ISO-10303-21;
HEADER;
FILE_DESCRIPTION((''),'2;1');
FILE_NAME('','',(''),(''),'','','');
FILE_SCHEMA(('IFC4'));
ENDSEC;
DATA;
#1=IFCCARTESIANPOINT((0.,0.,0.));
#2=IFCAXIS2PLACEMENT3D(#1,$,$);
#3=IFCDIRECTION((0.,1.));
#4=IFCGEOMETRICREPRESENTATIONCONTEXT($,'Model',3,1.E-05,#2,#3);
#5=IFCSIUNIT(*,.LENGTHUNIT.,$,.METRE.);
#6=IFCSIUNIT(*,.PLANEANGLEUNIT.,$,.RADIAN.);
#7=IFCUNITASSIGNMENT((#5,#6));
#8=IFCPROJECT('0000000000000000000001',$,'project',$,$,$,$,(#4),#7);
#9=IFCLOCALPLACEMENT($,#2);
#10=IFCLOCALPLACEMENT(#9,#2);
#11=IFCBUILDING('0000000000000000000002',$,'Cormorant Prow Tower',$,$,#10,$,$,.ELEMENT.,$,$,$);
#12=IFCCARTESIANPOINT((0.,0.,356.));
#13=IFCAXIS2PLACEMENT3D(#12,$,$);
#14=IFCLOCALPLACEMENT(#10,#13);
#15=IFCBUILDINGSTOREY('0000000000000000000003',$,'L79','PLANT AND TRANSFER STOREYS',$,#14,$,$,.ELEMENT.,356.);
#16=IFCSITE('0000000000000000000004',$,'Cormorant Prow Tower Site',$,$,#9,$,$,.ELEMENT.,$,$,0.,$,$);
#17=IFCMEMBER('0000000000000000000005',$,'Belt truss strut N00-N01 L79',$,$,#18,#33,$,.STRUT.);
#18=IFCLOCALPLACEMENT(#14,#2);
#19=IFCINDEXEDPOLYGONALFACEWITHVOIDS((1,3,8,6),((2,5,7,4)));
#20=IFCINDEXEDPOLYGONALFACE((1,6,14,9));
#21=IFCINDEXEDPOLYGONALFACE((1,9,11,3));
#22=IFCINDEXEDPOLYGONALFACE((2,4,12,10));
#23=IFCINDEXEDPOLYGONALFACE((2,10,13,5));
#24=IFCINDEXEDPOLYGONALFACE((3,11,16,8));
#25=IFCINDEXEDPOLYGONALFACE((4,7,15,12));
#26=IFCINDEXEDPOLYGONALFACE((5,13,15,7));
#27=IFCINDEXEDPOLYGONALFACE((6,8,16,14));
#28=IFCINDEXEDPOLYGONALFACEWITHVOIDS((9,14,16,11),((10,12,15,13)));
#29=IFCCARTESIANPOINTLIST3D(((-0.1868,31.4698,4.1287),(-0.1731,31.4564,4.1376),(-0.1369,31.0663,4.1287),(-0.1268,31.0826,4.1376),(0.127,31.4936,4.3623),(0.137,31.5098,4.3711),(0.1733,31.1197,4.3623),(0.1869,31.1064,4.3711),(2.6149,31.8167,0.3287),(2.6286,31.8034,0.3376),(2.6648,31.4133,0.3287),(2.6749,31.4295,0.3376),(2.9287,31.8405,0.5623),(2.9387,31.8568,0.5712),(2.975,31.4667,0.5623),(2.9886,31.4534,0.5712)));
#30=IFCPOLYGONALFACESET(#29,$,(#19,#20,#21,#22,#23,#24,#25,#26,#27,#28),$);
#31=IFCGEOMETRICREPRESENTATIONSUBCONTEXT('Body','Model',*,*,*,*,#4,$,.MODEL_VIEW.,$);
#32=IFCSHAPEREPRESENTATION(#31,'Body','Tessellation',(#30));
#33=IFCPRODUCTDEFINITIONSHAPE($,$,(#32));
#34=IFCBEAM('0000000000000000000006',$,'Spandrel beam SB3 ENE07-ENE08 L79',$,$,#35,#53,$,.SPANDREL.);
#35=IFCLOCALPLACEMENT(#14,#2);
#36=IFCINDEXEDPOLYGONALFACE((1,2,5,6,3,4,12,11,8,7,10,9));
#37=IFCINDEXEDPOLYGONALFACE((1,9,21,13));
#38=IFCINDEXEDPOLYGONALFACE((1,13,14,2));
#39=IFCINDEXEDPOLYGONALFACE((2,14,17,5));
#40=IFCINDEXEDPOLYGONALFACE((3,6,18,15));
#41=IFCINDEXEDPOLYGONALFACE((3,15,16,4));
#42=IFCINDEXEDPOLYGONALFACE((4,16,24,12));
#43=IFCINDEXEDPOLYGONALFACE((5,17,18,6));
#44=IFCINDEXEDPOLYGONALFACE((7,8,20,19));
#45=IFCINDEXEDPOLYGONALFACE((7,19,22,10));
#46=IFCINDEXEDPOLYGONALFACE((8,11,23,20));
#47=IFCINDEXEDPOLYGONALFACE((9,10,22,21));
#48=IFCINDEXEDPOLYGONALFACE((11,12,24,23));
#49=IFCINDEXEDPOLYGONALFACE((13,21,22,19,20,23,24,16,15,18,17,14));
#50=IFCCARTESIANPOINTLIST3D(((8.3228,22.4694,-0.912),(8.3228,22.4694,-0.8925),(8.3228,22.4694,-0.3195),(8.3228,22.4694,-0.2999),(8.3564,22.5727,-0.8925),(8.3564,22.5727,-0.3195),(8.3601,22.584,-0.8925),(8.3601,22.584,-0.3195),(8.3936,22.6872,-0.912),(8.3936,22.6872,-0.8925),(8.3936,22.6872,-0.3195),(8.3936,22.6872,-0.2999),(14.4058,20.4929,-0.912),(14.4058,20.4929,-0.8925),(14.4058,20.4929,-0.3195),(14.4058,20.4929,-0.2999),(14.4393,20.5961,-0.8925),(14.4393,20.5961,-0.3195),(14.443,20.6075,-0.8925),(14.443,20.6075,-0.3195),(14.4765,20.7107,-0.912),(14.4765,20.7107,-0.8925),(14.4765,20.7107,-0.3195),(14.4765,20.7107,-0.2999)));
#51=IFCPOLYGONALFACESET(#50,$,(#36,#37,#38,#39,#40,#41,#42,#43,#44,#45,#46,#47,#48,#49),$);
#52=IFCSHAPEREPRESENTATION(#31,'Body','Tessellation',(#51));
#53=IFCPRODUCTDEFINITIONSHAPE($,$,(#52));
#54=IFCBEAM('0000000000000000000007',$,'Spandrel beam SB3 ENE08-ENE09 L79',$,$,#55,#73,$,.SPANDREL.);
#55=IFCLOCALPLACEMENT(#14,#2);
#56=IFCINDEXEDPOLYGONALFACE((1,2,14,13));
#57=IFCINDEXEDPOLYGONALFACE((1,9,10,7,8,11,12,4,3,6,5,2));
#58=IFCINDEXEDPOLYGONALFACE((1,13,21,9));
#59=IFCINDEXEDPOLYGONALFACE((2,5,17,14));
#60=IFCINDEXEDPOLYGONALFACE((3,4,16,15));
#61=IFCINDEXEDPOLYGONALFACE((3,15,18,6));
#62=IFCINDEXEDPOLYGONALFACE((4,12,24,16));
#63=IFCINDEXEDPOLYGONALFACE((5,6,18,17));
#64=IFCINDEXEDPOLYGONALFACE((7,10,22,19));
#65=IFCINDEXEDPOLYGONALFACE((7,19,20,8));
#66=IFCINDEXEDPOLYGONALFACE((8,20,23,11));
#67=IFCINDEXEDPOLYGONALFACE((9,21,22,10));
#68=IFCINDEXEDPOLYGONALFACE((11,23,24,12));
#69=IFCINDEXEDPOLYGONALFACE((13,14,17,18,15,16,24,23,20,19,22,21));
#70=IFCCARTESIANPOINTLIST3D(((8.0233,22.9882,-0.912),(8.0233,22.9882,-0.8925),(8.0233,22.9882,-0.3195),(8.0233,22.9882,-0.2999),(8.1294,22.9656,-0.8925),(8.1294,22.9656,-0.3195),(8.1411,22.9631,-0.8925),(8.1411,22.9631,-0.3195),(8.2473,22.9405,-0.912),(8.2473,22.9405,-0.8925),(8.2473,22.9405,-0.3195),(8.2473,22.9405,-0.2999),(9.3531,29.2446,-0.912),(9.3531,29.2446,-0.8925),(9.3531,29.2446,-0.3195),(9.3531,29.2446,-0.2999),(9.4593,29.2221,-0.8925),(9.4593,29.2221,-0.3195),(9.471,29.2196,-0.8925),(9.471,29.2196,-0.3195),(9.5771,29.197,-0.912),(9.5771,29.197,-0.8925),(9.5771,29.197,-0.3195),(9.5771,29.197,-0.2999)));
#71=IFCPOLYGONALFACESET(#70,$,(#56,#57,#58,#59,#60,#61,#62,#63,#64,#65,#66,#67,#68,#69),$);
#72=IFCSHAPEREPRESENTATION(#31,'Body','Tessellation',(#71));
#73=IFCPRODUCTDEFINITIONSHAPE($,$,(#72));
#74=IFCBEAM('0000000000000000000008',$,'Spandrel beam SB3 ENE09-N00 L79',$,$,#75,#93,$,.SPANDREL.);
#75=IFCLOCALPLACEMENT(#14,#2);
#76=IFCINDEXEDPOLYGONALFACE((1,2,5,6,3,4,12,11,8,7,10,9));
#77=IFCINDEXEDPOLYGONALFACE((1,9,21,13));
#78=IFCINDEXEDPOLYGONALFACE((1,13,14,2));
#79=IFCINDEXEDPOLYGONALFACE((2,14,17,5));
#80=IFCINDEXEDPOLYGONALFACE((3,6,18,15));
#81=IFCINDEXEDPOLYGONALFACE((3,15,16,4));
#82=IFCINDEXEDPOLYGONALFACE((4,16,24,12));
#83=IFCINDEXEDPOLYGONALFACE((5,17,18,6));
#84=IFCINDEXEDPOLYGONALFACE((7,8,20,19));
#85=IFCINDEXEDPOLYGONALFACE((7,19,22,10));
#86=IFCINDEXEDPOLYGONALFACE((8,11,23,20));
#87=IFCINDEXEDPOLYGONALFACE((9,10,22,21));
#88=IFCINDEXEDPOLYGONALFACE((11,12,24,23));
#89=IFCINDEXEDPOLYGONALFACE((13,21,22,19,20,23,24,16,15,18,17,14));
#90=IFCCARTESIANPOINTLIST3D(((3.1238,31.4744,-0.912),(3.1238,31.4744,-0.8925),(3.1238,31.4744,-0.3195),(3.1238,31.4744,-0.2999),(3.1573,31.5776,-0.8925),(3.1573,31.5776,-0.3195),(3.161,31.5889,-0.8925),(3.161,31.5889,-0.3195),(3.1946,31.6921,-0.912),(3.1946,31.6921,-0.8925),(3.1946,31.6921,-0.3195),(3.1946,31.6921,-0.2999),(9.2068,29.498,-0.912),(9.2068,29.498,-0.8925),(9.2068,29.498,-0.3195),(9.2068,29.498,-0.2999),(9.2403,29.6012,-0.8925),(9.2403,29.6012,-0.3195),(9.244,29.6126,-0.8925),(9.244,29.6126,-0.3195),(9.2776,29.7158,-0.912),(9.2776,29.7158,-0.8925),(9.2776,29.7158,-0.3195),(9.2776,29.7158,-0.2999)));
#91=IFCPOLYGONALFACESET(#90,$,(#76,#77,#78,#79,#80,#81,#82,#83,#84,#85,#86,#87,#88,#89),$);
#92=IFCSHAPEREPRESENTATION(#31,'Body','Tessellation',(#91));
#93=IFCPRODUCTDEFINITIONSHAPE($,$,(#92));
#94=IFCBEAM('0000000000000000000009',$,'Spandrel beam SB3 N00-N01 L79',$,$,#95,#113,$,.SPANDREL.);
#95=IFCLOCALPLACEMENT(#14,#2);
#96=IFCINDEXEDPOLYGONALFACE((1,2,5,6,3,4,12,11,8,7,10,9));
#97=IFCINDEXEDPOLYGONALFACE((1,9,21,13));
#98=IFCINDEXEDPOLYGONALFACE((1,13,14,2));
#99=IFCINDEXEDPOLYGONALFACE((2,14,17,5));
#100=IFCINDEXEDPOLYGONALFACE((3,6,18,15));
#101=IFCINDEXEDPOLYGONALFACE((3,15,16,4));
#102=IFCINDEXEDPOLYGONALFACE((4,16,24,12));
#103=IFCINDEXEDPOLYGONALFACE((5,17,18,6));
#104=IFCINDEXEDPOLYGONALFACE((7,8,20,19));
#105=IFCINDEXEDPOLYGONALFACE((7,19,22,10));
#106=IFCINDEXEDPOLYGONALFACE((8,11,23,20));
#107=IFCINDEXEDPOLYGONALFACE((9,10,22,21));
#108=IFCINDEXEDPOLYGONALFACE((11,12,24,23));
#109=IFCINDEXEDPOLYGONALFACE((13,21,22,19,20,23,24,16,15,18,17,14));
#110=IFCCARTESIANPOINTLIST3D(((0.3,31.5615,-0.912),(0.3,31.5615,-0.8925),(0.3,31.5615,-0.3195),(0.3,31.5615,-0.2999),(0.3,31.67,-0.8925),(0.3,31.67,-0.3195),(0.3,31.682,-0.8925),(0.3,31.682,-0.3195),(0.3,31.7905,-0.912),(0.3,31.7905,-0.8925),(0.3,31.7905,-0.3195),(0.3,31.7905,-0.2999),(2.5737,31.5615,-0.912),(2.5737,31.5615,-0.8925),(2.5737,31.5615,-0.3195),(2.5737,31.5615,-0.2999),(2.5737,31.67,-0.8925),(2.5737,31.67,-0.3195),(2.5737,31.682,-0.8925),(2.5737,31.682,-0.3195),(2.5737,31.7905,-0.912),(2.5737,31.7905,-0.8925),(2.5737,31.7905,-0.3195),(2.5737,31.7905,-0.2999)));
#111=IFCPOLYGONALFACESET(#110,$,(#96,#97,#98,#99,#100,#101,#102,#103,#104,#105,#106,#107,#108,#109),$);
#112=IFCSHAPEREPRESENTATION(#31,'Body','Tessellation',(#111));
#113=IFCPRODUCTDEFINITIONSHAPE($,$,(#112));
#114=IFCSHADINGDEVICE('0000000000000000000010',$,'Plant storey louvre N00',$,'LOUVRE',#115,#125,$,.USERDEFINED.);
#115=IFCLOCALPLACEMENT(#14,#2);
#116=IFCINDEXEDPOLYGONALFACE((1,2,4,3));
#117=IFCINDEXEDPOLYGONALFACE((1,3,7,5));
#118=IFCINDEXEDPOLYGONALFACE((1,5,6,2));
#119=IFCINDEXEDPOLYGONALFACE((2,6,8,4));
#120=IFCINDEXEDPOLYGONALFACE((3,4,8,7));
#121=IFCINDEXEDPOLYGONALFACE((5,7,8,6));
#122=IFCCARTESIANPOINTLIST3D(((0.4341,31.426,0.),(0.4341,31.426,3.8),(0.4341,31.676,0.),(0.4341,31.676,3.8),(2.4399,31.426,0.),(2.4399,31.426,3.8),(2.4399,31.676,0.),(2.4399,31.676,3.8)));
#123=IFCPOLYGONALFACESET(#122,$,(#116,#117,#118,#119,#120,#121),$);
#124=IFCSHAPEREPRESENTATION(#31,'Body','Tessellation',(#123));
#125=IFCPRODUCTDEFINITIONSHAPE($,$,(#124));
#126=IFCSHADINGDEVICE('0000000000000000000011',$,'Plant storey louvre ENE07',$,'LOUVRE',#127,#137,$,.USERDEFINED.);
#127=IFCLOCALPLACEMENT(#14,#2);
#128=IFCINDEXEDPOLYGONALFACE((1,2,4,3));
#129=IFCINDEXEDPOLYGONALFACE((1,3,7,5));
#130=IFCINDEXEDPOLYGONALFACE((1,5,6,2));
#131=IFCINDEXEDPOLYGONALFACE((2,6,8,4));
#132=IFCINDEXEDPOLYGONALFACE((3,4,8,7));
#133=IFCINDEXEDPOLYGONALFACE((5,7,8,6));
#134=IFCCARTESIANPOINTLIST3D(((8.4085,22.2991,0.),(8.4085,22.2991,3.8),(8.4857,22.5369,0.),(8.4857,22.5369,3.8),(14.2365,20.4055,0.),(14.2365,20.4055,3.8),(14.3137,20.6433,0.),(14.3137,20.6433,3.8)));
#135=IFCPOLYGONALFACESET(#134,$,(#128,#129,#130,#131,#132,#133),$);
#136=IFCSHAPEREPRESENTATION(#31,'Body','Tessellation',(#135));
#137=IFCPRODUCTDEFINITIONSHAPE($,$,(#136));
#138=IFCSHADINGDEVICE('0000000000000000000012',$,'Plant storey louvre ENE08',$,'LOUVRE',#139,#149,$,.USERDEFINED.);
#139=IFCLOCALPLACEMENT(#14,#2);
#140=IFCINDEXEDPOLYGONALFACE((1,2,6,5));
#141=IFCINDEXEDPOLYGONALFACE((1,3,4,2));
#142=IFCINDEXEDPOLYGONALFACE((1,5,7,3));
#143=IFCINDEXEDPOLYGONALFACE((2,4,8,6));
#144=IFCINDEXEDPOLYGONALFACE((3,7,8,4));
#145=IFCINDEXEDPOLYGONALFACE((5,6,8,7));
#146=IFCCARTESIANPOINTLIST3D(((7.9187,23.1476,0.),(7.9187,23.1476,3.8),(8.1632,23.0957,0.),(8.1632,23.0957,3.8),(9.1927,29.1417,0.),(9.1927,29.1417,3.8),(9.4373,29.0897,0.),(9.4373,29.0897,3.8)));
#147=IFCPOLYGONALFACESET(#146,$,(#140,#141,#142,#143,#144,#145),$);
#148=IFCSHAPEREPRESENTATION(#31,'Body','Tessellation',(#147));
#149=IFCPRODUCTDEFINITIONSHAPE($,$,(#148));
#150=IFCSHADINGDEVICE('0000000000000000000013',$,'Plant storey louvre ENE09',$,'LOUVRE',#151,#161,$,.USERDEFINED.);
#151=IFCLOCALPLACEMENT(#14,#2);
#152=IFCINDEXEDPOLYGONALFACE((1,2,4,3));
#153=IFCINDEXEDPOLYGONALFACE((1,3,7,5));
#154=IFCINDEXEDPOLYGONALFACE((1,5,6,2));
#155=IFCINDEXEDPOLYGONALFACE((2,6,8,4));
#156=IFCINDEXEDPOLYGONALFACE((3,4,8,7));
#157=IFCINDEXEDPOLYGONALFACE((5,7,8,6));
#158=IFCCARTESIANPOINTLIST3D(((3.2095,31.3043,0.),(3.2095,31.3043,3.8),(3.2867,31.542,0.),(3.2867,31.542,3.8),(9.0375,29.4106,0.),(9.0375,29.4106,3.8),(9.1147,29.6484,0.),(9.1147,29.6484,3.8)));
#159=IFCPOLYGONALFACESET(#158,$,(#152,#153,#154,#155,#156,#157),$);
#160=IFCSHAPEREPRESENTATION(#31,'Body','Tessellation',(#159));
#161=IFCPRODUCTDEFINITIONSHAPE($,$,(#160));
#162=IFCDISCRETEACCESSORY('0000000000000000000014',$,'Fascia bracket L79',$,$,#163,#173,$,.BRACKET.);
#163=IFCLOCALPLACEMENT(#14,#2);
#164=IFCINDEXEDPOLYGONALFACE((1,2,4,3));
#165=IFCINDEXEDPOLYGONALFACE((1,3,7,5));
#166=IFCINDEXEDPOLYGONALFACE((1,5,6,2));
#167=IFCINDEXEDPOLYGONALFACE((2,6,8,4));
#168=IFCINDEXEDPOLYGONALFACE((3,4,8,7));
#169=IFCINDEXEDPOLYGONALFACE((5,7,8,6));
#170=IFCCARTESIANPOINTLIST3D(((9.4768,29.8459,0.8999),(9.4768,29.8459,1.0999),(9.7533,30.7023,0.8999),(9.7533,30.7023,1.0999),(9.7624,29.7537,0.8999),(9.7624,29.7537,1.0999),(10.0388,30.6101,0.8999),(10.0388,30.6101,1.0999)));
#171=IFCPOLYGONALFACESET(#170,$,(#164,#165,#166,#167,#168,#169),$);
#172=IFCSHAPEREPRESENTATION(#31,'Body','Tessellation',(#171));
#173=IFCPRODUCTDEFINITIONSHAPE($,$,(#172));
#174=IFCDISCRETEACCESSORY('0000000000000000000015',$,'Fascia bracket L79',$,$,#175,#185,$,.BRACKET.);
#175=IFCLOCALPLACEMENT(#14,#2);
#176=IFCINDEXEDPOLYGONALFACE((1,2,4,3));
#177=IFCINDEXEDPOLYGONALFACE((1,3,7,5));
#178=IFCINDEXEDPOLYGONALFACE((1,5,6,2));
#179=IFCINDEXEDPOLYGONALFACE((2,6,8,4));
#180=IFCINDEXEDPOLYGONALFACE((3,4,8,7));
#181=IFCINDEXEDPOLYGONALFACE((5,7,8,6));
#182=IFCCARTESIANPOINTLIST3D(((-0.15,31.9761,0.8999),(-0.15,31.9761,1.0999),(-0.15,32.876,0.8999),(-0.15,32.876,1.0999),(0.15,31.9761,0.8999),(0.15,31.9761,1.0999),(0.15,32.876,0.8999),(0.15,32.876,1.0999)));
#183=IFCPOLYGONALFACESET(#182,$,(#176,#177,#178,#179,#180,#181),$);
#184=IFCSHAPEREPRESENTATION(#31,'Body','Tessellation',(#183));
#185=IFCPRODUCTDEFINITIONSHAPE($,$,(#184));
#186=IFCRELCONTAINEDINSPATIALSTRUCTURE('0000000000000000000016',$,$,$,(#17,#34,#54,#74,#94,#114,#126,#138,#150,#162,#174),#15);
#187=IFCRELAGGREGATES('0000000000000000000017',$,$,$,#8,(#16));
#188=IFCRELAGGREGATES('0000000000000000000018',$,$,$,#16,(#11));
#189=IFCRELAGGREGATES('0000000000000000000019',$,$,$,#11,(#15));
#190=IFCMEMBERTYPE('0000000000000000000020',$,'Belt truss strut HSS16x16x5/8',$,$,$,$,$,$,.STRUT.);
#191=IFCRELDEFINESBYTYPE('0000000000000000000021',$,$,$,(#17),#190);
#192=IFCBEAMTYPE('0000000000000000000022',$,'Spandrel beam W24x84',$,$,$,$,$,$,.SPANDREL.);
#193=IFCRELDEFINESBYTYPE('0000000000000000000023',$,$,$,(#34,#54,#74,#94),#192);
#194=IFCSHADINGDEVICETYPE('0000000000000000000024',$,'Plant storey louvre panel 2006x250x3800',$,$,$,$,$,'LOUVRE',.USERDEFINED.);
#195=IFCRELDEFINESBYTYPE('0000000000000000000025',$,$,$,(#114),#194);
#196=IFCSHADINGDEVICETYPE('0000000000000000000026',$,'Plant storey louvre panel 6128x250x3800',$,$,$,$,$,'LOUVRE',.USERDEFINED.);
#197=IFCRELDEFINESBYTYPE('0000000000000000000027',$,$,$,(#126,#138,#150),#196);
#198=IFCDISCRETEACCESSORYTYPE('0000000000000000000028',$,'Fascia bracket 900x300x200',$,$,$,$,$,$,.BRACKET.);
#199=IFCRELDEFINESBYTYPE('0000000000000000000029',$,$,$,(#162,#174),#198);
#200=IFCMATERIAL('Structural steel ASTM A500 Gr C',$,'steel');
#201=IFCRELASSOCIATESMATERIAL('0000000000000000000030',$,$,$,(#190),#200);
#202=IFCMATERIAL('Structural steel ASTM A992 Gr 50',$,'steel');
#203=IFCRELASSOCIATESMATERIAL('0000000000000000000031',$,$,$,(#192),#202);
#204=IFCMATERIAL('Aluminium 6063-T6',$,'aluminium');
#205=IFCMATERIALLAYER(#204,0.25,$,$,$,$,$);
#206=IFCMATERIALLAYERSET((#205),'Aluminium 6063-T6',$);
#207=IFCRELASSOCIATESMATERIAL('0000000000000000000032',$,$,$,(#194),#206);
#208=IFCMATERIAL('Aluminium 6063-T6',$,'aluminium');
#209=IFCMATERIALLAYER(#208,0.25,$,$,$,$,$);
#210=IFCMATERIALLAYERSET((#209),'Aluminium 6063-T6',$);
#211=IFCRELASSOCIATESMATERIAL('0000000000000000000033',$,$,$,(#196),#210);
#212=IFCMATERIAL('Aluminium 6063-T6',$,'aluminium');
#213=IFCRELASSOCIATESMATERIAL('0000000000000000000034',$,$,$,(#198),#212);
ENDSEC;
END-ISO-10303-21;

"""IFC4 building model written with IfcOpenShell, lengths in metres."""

from ifc_helpers import new_model, si_unit, direction, frame, origin, origin_2d, place, context, subcontext, project, spatial, rectangle, hollow_rectangle, i_section, extrude, material, layer, layer_set, material_profile, profile_set, type_object, element, save


model = new_model("IFC4")

# Units and contexts
model_context = context("Model", 3, precision=1e-05, world=origin(), true_north=direction((0.0, 1.0)))
body_context = subcontext(model_context, "Body", "Model", "MODEL_VIEW")
ifc_project = project(units=[si_unit("LENGTHUNIT", "METRE"), si_unit("PLANEANGLEUNIT", "RADIAN")], contexts=[model_context])

# Site, building, storey
site_placement = place(None, origin())
site = spatial("IfcSite", under=ifc_project, at=site_placement, Name="Cormorant Prow Tower Site", CompositionType="ELEMENT", RefElevation=0.0)
building_placement = place(site_placement, origin())
building = spatial("IfcBuilding", under=site, at=building_placement, Name="Cormorant Prow Tower", CompositionType="ELEMENT")
storey_placement = place(building_placement, frame((0.0, 0.0, 356.0)))
storey = spatial("IfcBuildingStorey", under=building, at=storey_placement, Name="L79", Description="PLANT AND TRANSFER STOREYS", CompositionType="ELEMENT", Elevation=356.0)

# Member
ifc_material_1 = material(Name="Structural steel ASTM A500 Gr C", Category="steel")
ifc_material_profile_1 = material_profile(ifc_material_1, hollow_rectangle(XDim=0.4065, YDim=0.4065, WallThickness=0.0149, at=origin_2d()), Name="HSS16x16x5/8")
ifc_profile_set_1 = profile_set([ifc_material_profile_1], Name="Structural steel ASTM A500 Gr C")
member_type_1 = type_object("IfcMemberType", Name="Belt truss strut HSS16x16x5/8", PredefinedType="STRUT", material=ifc_profile_set_1)
member_1_placement = place(storey_placement, frame((2.8018, 31.635, 0.45), z_axis=(-0.59184, -0.073284, 0.802717), x_axis=(0.122885, -0.992421, 0.0)))
element("IfcMember", 1, at=member_1_placement, inside=storey, type_object=member_type_1, Name="Belt truss strut N00-N01 L79", PredefinedType="STRUT", context=body_context, shape_type="SweptSolid", body=[
    extrude(hollow_rectangle(XDim=0.4065, YDim=0.4065, WallThickness=0.0149, at=origin_2d()), origin(), (0.0, 0.0, 1.0), 4.7339),
])

# Beams
ifc_material_2 = material(Name="Structural steel ASTM A992 Gr 50", Category="steel")
ifc_material_profile_2 = material_profile(ifc_material_2, i_section(OverallWidth=0.229, OverallDepth=0.6121, WebThickness=0.012, FlangeThickness=0.0195, at=origin_2d()), Name="W24x84")
ifc_profile_set_2 = profile_set([ifc_material_profile_2], Name="Structural steel ASTM A992 Gr 50")
beam_type = type_object("IfcBeamType", Name="Spandrel beam W24x84", PredefinedType="SPANDREL", material=ifc_profile_set_2)
beam_1_placement = place(storey_placement, frame((14.4412, 20.6018, -0.606), z_axis=(-0.951053, 0.309027, 0.0), x_axis=(-0.309027, -0.951053, 0.0)))
element("IfcBeam", 2, at=beam_1_placement, inside=storey, type_object=beam_type, Name="Spandrel beam SB3 ENE07-ENE08 L79", PredefinedType="SPANDREL", context=body_context, shape_type="SweptSolid", body=[
    extrude(i_section(OverallWidth=0.229, OverallDepth=0.6121, WebThickness=0.012, FlangeThickness=0.0195, at=origin_2d()), origin(), (0.0, 0.0, 1.0), 6.396),
])
beam_2_placement = place(storey_placement, frame((8.1353, 22.9644, -0.606), z_axis=(0.207913, 0.978147, 0.0), x_axis=(-0.978147, 0.207913, 0.0)))
element("IfcBeam", 3, at=beam_2_placement, inside=storey, type_object=beam_type, Name="Spandrel beam SB3 ENE08-ENE09 L79", PredefinedType="SPANDREL", context=body_context, shape_type="SweptSolid", body=[
    extrude(i_section(OverallWidth=0.229, OverallDepth=0.6121, WebThickness=0.012, FlangeThickness=0.0195, at=origin_2d()), origin(), (0.0, 0.0, 1.0), 6.3962),
])
beam_3_placement = place(storey_placement, frame((9.2422, 29.6069, -0.606), z_axis=(-0.951064, 0.308993, 0.0), x_axis=(-0.308993, -0.951064, 0.0)))
element("IfcBeam", 4, at=beam_3_placement, inside=storey, type_object=beam_type, Name="Spandrel beam SB3 ENE09-N00 L79", PredefinedType="SPANDREL", context=body_context, shape_type="SweptSolid", body=[
    extrude(i_section(OverallWidth=0.229, OverallDepth=0.6121, WebThickness=0.012, FlangeThickness=0.0195, at=origin_2d()), origin(), (0.0, 0.0, 1.0), 6.396),
])
beam_4_placement = place(storey_placement, frame((2.5737, 31.676, -0.606), z_axis=(-1.0, 0.0, 0.0), x_axis=(0.0, -1.0, 0.0)))
element("IfcBeam", 5, at=beam_4_placement, inside=storey, type_object=beam_type, Name="Spandrel beam SB3 N00-N01 L79", PredefinedType="SPANDREL", context=body_context, shape_type="SweptSolid", body=[
    extrude(i_section(OverallWidth=0.229, OverallDepth=0.6121, WebThickness=0.012, FlangeThickness=0.0195, at=origin_2d()), origin(), (0.0, 0.0, 1.0), 2.2737),
])

# Shading devices
ifc_material_3 = material(Name="Aluminium 6063-T6", Category="aluminium")
ifc_layer_1 = layer(ifc_material_3, 0.25)
ifc_layer_set_1 = layer_set([ifc_layer_1], Name="Aluminium 6063-T6")
shading_device_type_1 = type_object("IfcShadingDeviceType", Name="Plant storey louvre panel 2006x250x3800", ElementType="LOUVRE", PredefinedType="USERDEFINED", material=ifc_layer_set_1)
shading_device_placement = place(storey_placement, frame((1.437, 31.551, 0.0), z_axis=(0.0, 0.0, 1.0), x_axis=(-1.0, 0.0, 0.0)))
element("IfcShadingDevice", 6, at=shading_device_placement, inside=storey, type_object=shading_device_type_1, Name="Plant storey louvre N00", ObjectType="LOUVRE", PredefinedType="USERDEFINED", context=body_context, shape_type="SweptSolid", body=[
    extrude(rectangle(XDim=2.0059, YDim=0.25, at=origin_2d()), origin(), (0.0, 0.0, 1.0), 3.8),
])
ifc_material_4 = material(Name="Aluminium 6063-T6", Category="aluminium")
ifc_layer_2 = layer(ifc_material_4, 0.25)
ifc_layer_set_2 = layer_set([ifc_layer_2], Name="Aluminium 6063-T6")
shading_device_type_2 = type_object("IfcShadingDeviceType", Name="Plant storey louvre panel 6128x250x3800", ElementType="LOUVRE", PredefinedType="USERDEFINED", material=ifc_layer_set_2)
for number, where, z_axis, x_axis, name in (
    (7, (11.3611, 21.4712, 0.0), (0.0, 0.0, 1.0), (-0.951057, 0.309017, 0.0), "Plant storey louvre ENE07"),
    (8, (8.678, 26.1187, 0.0), (0.0, 0.0, 1.0), (0.207912, 0.978148, 0.0), "Plant storey louvre ENE08"),
    (9, (6.1621, 30.4763, 0.0), (0.0, 0.0, 1.0), (-0.951057, 0.309017, 0.0), "Plant storey louvre ENE09"),
):
    element("IfcShadingDevice", number, at=place(storey_placement, frame(where, z_axis=z_axis, x_axis=x_axis)), inside=storey, type_object=shading_device_type_2, Name=name, ObjectType="LOUVRE", PredefinedType="USERDEFINED", context=body_context, shape_type="SweptSolid", body=[
        extrude(rectangle(XDim=6.1279, YDim=0.25, at=origin_2d()), origin(), (0.0, 0.0, 1.0), 3.8),
    ])

# Discrete accessories
ifc_material_5 = material(Name="Aluminium 6063-T6", Category="aluminium")
discrete_accessory_type_1 = type_object("IfcDiscreteAccessoryType", Name="Fascia bracket 900x300x200", PredefinedType="BRACKET", material=ifc_material_5)
for number, where, z_axis, x_axis, name in (
    (10, (9.7578, 30.228, 0.8999), (0.0, 0.0, 1.0), (0.307199, 0.951645, 0.0), "Fascia bracket L79"),
    (11, (0.0, 32.426, 0.8999), (0.0, 0.0, 1.0), (0.0, 1.0, 0.0), "Fascia bracket L79"),
):
    element("IfcDiscreteAccessory", number, at=place(storey_placement, frame(where, z_axis=z_axis, x_axis=x_axis)), inside=storey, type_object=discrete_accessory_type_1, Name=name, PredefinedType="BRACKET", context=body_context, shape_type="SweptSolid", body=[
        extrude(rectangle(XDim=0.8999, YDim=0.3, at=origin_2d()), origin(), (0.0, 0.0, 1.0), 0.2),
    ])

save(model, "model.ifc")
